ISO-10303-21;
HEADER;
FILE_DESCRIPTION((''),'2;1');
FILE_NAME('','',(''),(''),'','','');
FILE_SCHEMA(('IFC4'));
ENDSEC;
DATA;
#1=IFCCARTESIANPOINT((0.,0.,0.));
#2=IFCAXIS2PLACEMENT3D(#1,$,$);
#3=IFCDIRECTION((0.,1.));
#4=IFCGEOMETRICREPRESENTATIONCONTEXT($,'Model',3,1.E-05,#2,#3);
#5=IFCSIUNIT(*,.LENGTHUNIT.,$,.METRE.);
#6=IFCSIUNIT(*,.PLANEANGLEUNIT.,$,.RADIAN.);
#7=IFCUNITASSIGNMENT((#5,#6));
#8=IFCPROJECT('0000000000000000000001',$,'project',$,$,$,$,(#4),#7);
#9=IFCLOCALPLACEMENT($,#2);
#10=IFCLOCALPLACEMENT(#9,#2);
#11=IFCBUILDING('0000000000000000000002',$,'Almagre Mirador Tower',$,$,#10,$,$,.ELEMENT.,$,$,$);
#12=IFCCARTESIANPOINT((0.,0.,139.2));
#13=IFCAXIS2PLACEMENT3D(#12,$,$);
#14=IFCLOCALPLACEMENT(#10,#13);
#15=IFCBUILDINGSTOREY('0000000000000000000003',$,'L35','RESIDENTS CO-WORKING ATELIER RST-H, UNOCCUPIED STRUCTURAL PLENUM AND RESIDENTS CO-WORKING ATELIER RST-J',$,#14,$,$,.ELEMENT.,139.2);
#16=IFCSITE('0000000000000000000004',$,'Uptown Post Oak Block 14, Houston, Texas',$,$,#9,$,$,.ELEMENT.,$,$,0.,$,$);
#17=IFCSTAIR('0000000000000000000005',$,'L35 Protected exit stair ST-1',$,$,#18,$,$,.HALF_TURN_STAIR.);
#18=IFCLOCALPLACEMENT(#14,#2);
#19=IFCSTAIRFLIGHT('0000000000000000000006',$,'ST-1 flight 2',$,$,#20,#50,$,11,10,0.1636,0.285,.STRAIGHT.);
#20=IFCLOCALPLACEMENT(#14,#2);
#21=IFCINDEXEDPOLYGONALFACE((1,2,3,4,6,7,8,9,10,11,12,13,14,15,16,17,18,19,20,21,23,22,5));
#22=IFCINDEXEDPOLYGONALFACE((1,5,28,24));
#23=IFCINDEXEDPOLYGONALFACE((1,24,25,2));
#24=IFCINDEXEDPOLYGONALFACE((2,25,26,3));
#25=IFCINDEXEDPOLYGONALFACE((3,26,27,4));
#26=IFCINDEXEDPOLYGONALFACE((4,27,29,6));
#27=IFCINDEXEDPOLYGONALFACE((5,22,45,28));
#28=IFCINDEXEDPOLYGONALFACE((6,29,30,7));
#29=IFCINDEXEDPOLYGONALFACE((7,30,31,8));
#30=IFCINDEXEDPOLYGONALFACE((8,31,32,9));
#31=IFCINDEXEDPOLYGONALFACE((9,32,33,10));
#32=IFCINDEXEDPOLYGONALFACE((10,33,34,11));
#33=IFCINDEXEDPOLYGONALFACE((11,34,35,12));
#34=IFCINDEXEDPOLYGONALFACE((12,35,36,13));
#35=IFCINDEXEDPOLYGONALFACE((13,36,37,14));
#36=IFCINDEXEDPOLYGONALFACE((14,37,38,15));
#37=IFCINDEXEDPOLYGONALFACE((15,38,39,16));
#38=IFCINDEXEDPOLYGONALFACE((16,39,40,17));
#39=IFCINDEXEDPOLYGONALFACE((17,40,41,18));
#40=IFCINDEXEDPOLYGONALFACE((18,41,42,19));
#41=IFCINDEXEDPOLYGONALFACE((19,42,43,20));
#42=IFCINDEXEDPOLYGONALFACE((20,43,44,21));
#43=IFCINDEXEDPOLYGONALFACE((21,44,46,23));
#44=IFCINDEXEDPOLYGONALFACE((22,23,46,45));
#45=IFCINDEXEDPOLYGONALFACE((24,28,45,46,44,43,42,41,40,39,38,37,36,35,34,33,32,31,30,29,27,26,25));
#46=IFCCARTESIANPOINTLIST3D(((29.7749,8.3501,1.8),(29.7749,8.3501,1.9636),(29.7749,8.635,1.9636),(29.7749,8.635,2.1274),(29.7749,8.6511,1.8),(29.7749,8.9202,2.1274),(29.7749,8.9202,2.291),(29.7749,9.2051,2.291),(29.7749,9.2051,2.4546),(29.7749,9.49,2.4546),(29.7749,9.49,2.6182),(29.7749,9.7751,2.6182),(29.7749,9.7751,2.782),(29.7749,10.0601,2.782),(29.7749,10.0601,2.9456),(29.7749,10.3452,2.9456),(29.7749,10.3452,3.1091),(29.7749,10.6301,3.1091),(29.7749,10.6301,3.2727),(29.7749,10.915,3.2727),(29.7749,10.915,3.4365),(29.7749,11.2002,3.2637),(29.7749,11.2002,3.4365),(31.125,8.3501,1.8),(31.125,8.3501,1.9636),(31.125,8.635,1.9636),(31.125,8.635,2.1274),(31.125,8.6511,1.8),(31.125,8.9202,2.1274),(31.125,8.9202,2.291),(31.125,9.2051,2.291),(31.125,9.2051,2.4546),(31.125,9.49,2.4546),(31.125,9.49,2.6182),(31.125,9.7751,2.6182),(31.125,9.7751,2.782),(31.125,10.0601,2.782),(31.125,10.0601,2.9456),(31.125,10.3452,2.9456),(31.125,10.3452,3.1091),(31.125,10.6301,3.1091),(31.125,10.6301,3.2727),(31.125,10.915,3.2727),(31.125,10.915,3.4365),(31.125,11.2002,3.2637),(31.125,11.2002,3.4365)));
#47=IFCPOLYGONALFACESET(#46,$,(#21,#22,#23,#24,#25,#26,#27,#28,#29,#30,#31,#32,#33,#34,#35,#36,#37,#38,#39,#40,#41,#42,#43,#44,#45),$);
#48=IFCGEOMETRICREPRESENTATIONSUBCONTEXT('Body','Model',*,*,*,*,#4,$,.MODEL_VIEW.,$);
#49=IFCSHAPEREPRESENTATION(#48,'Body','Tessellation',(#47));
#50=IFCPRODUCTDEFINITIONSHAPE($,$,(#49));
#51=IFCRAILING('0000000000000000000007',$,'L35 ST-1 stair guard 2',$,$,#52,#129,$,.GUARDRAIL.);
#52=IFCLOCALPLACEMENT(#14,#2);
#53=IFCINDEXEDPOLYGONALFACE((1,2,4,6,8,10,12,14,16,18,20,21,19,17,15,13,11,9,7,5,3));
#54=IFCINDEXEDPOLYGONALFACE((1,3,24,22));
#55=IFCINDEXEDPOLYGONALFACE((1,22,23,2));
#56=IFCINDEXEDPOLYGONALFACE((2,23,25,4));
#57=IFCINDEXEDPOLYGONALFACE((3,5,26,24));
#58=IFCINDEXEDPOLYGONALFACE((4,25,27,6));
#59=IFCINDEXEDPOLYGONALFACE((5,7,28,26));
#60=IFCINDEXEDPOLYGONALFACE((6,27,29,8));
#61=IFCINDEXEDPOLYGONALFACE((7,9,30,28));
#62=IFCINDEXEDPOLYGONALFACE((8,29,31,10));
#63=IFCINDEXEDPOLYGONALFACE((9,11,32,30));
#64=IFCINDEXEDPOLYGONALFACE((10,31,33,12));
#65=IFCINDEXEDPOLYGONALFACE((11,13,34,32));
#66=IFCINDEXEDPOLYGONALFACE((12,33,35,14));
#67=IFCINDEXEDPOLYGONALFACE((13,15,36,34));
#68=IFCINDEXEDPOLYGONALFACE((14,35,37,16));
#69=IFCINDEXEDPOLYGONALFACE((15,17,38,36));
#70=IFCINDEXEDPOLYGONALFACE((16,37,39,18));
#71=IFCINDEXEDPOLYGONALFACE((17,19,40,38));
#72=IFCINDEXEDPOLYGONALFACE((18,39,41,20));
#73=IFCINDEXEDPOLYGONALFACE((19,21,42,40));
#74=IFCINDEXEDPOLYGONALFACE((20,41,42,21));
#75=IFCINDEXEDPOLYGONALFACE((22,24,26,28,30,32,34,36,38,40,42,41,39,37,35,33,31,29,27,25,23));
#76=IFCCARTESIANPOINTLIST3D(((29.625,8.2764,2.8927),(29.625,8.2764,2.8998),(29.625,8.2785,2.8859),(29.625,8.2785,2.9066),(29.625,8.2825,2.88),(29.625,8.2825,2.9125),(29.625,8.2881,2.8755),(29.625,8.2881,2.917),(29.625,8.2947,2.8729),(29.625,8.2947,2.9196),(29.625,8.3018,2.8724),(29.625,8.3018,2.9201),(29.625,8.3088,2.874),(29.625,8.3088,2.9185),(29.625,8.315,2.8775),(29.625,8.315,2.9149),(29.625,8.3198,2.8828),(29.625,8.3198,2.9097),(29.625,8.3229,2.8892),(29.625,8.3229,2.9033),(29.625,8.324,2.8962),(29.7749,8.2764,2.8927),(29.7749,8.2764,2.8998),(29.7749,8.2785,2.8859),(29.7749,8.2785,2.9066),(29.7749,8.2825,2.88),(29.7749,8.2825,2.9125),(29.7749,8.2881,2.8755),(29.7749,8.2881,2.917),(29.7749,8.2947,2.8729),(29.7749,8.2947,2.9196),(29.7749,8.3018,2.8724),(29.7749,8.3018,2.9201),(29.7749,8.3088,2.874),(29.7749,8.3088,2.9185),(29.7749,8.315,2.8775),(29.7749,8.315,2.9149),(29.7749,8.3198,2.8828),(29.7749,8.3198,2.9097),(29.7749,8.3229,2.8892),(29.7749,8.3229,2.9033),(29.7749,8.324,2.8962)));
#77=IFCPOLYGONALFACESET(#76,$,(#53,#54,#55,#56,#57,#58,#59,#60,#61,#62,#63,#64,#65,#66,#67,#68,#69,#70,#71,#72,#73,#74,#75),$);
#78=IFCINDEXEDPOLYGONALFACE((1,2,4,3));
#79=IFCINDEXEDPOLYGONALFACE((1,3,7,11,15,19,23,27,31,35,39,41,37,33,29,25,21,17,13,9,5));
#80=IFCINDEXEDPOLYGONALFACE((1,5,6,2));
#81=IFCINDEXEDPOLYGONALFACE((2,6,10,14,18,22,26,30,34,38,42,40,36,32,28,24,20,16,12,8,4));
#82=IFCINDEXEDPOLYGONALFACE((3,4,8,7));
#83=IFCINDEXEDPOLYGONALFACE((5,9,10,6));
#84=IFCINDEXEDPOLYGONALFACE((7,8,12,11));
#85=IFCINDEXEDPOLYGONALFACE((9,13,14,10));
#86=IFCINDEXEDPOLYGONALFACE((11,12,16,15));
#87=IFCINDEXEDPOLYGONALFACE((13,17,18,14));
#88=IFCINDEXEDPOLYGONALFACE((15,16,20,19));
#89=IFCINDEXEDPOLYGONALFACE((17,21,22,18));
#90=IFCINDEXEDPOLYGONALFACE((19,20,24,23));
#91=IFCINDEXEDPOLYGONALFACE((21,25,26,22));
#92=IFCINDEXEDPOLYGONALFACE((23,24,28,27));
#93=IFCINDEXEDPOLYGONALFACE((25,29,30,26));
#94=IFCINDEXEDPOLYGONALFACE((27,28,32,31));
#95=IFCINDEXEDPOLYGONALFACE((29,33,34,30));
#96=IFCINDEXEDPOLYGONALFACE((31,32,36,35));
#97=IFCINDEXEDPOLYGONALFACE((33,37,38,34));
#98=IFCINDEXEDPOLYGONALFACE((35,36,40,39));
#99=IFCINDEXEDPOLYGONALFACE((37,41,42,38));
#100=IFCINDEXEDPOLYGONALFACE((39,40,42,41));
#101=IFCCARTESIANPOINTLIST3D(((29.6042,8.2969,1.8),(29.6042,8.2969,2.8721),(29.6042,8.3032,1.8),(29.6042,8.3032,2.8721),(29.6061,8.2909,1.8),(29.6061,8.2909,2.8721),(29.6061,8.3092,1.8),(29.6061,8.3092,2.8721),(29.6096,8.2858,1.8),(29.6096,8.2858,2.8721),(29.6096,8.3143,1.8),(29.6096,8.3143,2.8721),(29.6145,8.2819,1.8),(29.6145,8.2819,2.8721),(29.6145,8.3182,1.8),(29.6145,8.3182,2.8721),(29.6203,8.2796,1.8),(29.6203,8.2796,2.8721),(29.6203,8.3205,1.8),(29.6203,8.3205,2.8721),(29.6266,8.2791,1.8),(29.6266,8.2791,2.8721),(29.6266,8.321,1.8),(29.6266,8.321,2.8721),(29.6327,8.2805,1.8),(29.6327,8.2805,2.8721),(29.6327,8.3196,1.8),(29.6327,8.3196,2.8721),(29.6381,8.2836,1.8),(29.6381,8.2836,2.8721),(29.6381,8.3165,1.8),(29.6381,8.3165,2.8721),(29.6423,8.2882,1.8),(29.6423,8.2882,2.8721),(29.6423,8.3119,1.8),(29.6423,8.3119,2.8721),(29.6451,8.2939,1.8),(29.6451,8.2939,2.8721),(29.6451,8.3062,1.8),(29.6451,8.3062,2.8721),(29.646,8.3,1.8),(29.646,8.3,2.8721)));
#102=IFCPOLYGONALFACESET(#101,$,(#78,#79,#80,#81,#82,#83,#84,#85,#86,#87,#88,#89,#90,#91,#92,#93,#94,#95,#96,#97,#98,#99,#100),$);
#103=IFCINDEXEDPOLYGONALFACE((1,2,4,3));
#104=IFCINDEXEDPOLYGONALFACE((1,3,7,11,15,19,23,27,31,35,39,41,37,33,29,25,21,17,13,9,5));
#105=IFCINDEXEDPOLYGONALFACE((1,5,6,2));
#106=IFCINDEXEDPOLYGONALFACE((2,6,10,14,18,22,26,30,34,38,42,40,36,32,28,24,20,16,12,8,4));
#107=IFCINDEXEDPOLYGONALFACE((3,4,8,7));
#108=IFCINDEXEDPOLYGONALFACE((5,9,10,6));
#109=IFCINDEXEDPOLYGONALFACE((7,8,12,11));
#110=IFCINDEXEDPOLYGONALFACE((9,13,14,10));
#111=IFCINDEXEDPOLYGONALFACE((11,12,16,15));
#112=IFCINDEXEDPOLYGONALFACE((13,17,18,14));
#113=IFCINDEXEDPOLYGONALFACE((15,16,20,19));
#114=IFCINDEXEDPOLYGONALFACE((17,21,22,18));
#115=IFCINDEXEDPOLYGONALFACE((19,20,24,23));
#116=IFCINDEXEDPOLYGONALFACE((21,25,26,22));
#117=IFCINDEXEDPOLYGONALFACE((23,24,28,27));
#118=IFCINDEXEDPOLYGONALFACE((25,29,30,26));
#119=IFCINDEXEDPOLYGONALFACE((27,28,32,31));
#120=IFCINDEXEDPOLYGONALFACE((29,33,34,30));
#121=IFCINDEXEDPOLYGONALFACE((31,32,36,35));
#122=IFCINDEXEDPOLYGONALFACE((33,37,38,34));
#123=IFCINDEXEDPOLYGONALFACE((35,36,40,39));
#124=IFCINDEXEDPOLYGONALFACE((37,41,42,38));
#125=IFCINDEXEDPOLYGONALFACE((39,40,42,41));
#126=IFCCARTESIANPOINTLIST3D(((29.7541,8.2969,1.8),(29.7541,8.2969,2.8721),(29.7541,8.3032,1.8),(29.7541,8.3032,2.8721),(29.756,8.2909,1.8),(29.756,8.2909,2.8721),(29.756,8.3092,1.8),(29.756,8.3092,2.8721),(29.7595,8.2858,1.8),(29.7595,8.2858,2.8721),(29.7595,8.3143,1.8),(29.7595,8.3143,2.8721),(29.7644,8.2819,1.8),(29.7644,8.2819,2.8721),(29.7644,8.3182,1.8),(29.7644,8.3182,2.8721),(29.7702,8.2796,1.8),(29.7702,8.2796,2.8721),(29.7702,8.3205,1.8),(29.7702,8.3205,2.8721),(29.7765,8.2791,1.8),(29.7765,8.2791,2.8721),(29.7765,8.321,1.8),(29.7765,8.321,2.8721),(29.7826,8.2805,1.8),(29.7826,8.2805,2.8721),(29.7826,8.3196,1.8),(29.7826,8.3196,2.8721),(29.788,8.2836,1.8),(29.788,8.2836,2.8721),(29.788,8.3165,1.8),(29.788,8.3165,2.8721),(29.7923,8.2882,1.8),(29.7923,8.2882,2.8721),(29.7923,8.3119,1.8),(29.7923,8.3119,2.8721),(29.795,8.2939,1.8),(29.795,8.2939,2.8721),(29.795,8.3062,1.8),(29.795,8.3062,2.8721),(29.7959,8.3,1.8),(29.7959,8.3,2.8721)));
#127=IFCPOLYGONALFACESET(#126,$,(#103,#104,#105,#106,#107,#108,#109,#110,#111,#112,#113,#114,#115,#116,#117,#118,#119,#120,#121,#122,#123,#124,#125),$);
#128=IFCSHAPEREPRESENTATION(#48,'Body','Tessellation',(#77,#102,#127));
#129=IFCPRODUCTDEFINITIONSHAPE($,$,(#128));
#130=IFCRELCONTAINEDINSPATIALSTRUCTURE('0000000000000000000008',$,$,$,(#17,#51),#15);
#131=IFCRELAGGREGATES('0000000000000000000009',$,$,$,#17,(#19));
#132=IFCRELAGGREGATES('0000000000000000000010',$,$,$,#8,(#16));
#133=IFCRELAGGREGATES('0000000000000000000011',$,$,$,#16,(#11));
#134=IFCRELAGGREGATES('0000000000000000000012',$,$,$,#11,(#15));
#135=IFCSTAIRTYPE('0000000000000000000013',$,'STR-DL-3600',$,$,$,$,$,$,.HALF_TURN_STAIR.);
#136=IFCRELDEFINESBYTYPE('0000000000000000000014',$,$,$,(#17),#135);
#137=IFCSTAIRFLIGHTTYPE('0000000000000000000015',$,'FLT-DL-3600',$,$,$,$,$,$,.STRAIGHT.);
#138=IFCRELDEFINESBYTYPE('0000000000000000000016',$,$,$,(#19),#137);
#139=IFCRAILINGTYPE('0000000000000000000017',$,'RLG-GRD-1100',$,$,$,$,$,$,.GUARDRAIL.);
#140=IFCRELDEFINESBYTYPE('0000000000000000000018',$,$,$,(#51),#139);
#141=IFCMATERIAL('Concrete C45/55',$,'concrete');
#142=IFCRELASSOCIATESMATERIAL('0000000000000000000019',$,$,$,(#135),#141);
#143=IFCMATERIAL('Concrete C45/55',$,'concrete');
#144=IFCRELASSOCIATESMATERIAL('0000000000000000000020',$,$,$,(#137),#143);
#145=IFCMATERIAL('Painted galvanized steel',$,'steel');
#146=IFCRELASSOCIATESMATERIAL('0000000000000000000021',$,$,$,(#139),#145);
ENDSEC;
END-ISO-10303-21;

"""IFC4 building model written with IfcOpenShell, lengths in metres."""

from ifc_helpers import new_model, si_unit, direction, frame, origin, origin_2d, place, context, subcontext, project, spatial, polyline, circle, outline, extrude, material, type_object, element, aggregate, save


model = new_model("IFC4")

# Units and contexts
model_context = context("Model", 3, precision=1e-05, world=origin(), true_north=direction((0.0, 1.0)))
body_context = subcontext(model_context, "Body", "Model", "MODEL_VIEW")
ifc_project = project(units=[si_unit("LENGTHUNIT", "METRE"), si_unit("PLANEANGLEUNIT", "RADIAN")], contexts=[model_context])

# Site, building, storey
site_placement = place(None, origin())
site = spatial("IfcSite", under=ifc_project, at=site_placement, Name="Uptown Post Oak Block 14, Houston, Texas", CompositionType="ELEMENT", RefElevation=0.0)
building_placement = place(site_placement, origin())
building = spatial("IfcBuilding", under=site, at=building_placement, Name="Almagre Mirador Tower", CompositionType="ELEMENT")
storey_placement = place(building_placement, frame((0.0, 0.0, 139.2)))
storey = spatial("IfcBuildingStorey", under=building, at=storey_placement, Name="L35", Description="RESIDENTS CO-WORKING ATELIER RST-H, UNOCCUPIED STRUCTURAL PLENUM AND RESIDENTS CO-WORKING ATELIER RST-J", CompositionType="ELEMENT", Elevation=139.2)

# Stair, stair flight
ifc_material_1 = material(Name="Concrete C45/55", Category="concrete")
stair_type = type_object("IfcStairType", Name="STR-DL-3600", PredefinedType="HALF_TURN_STAIR", material=ifc_material_1)
stair_placement = place(storey_placement, origin())
stair = element("IfcStair", 1, at=stair_placement, inside=storey, type_object=stair_type, Name="L35 Protected exit stair ST-1", PredefinedType="HALF_TURN_STAIR")
ifc_material_2 = material(Name="Concrete C45/55", Category="concrete")
stair_flight_type = type_object("IfcStairFlightType", Name="FLT-DL-3600", PredefinedType="STRAIGHT", material=ifc_material_2)
stair_flight_placement = place(storey_placement, frame((30.45, 8.3501, 1.8), z_axis=(0.0, 0.0, 1.0), x_axis=(0.0, 1.0, 0.0)))
stair_flight = element("IfcStairFlight", 2, at=stair_flight_placement, type_object=stair_flight_type, Name="ST-1 flight 2", NumberOfRisers=11, NumberOfTreads=10, PredefinedType="STRAIGHT", RiserHeight=0.1636, TreadLength=0.285, context=body_context, shape_type="SweptSolid", body=[
    extrude(outline(polyline([(0.0, 0.0), (0.0, 0.1636), (0.2849, 0.1636), (0.2849, 0.3274), (0.5701, 0.3274), (0.5701, 0.491), (0.855, 0.491), (0.855, 0.6545), (1.1399, 0.6545), (1.1399, 0.8181), (1.425, 0.8181), (1.425, 0.9819), (1.71, 0.9819), (1.71, 1.1455), (1.9951, 1.1455), (1.9951, 1.3091), (2.28, 1.3091), (2.28, 1.4727), (2.5649, 1.4727), (2.5649, 1.6365), (2.8501, 1.6365), (2.8501, 1.8), (2.8501, 1.4636), (0.301, 0.0), (0.0, 0.0)])), frame((0.0, 0.675, 0.0), z_axis=(0.0, -1.0, 0.0), x_axis=(1.0, 0.0, 0.0)), (0.0, 0.0, 1.0), 1.3501),
])
aggregate(stair, [stair_flight])

# Railing
ifc_material_3 = material(Name="Painted galvanized steel", Category="steel")
railing_type_1 = type_object("IfcRailingType", Name="RLG-GRD-1100", PredefinedType="GUARDRAIL", material=ifc_material_3)
railing_1_placement = place(storey_placement, frame((29.625, 8.3, 1.8)))
element("IfcRailing", 3, at=railing_1_placement, inside=storey, type_object=railing_type_1, Name="L35 ST-1 stair guard 2", PredefinedType="GUARDRAIL", context=body_context, shape_type="SweptSolid", body=[
    extrude(circle(Radius=0.0239, at=origin_2d()), frame((0.0, 0.0, 1.0962), z_axis=(1.0, 0.0, 0.0), x_axis=(0.0, 1.0, 0.0)), (0.0, 0.0, 1.0), 0.1499),
    extrude(circle(Radius=0.021, at=origin_2d()), origin(), (0.0, 0.0, 1.0), 1.072),
    extrude(circle(Radius=0.021, at=origin_2d()), frame((0.1499, 0.0, 0.0)), (0.0, 0.0, 1.0), 1.072),
])

save(model, "model.ifc")
